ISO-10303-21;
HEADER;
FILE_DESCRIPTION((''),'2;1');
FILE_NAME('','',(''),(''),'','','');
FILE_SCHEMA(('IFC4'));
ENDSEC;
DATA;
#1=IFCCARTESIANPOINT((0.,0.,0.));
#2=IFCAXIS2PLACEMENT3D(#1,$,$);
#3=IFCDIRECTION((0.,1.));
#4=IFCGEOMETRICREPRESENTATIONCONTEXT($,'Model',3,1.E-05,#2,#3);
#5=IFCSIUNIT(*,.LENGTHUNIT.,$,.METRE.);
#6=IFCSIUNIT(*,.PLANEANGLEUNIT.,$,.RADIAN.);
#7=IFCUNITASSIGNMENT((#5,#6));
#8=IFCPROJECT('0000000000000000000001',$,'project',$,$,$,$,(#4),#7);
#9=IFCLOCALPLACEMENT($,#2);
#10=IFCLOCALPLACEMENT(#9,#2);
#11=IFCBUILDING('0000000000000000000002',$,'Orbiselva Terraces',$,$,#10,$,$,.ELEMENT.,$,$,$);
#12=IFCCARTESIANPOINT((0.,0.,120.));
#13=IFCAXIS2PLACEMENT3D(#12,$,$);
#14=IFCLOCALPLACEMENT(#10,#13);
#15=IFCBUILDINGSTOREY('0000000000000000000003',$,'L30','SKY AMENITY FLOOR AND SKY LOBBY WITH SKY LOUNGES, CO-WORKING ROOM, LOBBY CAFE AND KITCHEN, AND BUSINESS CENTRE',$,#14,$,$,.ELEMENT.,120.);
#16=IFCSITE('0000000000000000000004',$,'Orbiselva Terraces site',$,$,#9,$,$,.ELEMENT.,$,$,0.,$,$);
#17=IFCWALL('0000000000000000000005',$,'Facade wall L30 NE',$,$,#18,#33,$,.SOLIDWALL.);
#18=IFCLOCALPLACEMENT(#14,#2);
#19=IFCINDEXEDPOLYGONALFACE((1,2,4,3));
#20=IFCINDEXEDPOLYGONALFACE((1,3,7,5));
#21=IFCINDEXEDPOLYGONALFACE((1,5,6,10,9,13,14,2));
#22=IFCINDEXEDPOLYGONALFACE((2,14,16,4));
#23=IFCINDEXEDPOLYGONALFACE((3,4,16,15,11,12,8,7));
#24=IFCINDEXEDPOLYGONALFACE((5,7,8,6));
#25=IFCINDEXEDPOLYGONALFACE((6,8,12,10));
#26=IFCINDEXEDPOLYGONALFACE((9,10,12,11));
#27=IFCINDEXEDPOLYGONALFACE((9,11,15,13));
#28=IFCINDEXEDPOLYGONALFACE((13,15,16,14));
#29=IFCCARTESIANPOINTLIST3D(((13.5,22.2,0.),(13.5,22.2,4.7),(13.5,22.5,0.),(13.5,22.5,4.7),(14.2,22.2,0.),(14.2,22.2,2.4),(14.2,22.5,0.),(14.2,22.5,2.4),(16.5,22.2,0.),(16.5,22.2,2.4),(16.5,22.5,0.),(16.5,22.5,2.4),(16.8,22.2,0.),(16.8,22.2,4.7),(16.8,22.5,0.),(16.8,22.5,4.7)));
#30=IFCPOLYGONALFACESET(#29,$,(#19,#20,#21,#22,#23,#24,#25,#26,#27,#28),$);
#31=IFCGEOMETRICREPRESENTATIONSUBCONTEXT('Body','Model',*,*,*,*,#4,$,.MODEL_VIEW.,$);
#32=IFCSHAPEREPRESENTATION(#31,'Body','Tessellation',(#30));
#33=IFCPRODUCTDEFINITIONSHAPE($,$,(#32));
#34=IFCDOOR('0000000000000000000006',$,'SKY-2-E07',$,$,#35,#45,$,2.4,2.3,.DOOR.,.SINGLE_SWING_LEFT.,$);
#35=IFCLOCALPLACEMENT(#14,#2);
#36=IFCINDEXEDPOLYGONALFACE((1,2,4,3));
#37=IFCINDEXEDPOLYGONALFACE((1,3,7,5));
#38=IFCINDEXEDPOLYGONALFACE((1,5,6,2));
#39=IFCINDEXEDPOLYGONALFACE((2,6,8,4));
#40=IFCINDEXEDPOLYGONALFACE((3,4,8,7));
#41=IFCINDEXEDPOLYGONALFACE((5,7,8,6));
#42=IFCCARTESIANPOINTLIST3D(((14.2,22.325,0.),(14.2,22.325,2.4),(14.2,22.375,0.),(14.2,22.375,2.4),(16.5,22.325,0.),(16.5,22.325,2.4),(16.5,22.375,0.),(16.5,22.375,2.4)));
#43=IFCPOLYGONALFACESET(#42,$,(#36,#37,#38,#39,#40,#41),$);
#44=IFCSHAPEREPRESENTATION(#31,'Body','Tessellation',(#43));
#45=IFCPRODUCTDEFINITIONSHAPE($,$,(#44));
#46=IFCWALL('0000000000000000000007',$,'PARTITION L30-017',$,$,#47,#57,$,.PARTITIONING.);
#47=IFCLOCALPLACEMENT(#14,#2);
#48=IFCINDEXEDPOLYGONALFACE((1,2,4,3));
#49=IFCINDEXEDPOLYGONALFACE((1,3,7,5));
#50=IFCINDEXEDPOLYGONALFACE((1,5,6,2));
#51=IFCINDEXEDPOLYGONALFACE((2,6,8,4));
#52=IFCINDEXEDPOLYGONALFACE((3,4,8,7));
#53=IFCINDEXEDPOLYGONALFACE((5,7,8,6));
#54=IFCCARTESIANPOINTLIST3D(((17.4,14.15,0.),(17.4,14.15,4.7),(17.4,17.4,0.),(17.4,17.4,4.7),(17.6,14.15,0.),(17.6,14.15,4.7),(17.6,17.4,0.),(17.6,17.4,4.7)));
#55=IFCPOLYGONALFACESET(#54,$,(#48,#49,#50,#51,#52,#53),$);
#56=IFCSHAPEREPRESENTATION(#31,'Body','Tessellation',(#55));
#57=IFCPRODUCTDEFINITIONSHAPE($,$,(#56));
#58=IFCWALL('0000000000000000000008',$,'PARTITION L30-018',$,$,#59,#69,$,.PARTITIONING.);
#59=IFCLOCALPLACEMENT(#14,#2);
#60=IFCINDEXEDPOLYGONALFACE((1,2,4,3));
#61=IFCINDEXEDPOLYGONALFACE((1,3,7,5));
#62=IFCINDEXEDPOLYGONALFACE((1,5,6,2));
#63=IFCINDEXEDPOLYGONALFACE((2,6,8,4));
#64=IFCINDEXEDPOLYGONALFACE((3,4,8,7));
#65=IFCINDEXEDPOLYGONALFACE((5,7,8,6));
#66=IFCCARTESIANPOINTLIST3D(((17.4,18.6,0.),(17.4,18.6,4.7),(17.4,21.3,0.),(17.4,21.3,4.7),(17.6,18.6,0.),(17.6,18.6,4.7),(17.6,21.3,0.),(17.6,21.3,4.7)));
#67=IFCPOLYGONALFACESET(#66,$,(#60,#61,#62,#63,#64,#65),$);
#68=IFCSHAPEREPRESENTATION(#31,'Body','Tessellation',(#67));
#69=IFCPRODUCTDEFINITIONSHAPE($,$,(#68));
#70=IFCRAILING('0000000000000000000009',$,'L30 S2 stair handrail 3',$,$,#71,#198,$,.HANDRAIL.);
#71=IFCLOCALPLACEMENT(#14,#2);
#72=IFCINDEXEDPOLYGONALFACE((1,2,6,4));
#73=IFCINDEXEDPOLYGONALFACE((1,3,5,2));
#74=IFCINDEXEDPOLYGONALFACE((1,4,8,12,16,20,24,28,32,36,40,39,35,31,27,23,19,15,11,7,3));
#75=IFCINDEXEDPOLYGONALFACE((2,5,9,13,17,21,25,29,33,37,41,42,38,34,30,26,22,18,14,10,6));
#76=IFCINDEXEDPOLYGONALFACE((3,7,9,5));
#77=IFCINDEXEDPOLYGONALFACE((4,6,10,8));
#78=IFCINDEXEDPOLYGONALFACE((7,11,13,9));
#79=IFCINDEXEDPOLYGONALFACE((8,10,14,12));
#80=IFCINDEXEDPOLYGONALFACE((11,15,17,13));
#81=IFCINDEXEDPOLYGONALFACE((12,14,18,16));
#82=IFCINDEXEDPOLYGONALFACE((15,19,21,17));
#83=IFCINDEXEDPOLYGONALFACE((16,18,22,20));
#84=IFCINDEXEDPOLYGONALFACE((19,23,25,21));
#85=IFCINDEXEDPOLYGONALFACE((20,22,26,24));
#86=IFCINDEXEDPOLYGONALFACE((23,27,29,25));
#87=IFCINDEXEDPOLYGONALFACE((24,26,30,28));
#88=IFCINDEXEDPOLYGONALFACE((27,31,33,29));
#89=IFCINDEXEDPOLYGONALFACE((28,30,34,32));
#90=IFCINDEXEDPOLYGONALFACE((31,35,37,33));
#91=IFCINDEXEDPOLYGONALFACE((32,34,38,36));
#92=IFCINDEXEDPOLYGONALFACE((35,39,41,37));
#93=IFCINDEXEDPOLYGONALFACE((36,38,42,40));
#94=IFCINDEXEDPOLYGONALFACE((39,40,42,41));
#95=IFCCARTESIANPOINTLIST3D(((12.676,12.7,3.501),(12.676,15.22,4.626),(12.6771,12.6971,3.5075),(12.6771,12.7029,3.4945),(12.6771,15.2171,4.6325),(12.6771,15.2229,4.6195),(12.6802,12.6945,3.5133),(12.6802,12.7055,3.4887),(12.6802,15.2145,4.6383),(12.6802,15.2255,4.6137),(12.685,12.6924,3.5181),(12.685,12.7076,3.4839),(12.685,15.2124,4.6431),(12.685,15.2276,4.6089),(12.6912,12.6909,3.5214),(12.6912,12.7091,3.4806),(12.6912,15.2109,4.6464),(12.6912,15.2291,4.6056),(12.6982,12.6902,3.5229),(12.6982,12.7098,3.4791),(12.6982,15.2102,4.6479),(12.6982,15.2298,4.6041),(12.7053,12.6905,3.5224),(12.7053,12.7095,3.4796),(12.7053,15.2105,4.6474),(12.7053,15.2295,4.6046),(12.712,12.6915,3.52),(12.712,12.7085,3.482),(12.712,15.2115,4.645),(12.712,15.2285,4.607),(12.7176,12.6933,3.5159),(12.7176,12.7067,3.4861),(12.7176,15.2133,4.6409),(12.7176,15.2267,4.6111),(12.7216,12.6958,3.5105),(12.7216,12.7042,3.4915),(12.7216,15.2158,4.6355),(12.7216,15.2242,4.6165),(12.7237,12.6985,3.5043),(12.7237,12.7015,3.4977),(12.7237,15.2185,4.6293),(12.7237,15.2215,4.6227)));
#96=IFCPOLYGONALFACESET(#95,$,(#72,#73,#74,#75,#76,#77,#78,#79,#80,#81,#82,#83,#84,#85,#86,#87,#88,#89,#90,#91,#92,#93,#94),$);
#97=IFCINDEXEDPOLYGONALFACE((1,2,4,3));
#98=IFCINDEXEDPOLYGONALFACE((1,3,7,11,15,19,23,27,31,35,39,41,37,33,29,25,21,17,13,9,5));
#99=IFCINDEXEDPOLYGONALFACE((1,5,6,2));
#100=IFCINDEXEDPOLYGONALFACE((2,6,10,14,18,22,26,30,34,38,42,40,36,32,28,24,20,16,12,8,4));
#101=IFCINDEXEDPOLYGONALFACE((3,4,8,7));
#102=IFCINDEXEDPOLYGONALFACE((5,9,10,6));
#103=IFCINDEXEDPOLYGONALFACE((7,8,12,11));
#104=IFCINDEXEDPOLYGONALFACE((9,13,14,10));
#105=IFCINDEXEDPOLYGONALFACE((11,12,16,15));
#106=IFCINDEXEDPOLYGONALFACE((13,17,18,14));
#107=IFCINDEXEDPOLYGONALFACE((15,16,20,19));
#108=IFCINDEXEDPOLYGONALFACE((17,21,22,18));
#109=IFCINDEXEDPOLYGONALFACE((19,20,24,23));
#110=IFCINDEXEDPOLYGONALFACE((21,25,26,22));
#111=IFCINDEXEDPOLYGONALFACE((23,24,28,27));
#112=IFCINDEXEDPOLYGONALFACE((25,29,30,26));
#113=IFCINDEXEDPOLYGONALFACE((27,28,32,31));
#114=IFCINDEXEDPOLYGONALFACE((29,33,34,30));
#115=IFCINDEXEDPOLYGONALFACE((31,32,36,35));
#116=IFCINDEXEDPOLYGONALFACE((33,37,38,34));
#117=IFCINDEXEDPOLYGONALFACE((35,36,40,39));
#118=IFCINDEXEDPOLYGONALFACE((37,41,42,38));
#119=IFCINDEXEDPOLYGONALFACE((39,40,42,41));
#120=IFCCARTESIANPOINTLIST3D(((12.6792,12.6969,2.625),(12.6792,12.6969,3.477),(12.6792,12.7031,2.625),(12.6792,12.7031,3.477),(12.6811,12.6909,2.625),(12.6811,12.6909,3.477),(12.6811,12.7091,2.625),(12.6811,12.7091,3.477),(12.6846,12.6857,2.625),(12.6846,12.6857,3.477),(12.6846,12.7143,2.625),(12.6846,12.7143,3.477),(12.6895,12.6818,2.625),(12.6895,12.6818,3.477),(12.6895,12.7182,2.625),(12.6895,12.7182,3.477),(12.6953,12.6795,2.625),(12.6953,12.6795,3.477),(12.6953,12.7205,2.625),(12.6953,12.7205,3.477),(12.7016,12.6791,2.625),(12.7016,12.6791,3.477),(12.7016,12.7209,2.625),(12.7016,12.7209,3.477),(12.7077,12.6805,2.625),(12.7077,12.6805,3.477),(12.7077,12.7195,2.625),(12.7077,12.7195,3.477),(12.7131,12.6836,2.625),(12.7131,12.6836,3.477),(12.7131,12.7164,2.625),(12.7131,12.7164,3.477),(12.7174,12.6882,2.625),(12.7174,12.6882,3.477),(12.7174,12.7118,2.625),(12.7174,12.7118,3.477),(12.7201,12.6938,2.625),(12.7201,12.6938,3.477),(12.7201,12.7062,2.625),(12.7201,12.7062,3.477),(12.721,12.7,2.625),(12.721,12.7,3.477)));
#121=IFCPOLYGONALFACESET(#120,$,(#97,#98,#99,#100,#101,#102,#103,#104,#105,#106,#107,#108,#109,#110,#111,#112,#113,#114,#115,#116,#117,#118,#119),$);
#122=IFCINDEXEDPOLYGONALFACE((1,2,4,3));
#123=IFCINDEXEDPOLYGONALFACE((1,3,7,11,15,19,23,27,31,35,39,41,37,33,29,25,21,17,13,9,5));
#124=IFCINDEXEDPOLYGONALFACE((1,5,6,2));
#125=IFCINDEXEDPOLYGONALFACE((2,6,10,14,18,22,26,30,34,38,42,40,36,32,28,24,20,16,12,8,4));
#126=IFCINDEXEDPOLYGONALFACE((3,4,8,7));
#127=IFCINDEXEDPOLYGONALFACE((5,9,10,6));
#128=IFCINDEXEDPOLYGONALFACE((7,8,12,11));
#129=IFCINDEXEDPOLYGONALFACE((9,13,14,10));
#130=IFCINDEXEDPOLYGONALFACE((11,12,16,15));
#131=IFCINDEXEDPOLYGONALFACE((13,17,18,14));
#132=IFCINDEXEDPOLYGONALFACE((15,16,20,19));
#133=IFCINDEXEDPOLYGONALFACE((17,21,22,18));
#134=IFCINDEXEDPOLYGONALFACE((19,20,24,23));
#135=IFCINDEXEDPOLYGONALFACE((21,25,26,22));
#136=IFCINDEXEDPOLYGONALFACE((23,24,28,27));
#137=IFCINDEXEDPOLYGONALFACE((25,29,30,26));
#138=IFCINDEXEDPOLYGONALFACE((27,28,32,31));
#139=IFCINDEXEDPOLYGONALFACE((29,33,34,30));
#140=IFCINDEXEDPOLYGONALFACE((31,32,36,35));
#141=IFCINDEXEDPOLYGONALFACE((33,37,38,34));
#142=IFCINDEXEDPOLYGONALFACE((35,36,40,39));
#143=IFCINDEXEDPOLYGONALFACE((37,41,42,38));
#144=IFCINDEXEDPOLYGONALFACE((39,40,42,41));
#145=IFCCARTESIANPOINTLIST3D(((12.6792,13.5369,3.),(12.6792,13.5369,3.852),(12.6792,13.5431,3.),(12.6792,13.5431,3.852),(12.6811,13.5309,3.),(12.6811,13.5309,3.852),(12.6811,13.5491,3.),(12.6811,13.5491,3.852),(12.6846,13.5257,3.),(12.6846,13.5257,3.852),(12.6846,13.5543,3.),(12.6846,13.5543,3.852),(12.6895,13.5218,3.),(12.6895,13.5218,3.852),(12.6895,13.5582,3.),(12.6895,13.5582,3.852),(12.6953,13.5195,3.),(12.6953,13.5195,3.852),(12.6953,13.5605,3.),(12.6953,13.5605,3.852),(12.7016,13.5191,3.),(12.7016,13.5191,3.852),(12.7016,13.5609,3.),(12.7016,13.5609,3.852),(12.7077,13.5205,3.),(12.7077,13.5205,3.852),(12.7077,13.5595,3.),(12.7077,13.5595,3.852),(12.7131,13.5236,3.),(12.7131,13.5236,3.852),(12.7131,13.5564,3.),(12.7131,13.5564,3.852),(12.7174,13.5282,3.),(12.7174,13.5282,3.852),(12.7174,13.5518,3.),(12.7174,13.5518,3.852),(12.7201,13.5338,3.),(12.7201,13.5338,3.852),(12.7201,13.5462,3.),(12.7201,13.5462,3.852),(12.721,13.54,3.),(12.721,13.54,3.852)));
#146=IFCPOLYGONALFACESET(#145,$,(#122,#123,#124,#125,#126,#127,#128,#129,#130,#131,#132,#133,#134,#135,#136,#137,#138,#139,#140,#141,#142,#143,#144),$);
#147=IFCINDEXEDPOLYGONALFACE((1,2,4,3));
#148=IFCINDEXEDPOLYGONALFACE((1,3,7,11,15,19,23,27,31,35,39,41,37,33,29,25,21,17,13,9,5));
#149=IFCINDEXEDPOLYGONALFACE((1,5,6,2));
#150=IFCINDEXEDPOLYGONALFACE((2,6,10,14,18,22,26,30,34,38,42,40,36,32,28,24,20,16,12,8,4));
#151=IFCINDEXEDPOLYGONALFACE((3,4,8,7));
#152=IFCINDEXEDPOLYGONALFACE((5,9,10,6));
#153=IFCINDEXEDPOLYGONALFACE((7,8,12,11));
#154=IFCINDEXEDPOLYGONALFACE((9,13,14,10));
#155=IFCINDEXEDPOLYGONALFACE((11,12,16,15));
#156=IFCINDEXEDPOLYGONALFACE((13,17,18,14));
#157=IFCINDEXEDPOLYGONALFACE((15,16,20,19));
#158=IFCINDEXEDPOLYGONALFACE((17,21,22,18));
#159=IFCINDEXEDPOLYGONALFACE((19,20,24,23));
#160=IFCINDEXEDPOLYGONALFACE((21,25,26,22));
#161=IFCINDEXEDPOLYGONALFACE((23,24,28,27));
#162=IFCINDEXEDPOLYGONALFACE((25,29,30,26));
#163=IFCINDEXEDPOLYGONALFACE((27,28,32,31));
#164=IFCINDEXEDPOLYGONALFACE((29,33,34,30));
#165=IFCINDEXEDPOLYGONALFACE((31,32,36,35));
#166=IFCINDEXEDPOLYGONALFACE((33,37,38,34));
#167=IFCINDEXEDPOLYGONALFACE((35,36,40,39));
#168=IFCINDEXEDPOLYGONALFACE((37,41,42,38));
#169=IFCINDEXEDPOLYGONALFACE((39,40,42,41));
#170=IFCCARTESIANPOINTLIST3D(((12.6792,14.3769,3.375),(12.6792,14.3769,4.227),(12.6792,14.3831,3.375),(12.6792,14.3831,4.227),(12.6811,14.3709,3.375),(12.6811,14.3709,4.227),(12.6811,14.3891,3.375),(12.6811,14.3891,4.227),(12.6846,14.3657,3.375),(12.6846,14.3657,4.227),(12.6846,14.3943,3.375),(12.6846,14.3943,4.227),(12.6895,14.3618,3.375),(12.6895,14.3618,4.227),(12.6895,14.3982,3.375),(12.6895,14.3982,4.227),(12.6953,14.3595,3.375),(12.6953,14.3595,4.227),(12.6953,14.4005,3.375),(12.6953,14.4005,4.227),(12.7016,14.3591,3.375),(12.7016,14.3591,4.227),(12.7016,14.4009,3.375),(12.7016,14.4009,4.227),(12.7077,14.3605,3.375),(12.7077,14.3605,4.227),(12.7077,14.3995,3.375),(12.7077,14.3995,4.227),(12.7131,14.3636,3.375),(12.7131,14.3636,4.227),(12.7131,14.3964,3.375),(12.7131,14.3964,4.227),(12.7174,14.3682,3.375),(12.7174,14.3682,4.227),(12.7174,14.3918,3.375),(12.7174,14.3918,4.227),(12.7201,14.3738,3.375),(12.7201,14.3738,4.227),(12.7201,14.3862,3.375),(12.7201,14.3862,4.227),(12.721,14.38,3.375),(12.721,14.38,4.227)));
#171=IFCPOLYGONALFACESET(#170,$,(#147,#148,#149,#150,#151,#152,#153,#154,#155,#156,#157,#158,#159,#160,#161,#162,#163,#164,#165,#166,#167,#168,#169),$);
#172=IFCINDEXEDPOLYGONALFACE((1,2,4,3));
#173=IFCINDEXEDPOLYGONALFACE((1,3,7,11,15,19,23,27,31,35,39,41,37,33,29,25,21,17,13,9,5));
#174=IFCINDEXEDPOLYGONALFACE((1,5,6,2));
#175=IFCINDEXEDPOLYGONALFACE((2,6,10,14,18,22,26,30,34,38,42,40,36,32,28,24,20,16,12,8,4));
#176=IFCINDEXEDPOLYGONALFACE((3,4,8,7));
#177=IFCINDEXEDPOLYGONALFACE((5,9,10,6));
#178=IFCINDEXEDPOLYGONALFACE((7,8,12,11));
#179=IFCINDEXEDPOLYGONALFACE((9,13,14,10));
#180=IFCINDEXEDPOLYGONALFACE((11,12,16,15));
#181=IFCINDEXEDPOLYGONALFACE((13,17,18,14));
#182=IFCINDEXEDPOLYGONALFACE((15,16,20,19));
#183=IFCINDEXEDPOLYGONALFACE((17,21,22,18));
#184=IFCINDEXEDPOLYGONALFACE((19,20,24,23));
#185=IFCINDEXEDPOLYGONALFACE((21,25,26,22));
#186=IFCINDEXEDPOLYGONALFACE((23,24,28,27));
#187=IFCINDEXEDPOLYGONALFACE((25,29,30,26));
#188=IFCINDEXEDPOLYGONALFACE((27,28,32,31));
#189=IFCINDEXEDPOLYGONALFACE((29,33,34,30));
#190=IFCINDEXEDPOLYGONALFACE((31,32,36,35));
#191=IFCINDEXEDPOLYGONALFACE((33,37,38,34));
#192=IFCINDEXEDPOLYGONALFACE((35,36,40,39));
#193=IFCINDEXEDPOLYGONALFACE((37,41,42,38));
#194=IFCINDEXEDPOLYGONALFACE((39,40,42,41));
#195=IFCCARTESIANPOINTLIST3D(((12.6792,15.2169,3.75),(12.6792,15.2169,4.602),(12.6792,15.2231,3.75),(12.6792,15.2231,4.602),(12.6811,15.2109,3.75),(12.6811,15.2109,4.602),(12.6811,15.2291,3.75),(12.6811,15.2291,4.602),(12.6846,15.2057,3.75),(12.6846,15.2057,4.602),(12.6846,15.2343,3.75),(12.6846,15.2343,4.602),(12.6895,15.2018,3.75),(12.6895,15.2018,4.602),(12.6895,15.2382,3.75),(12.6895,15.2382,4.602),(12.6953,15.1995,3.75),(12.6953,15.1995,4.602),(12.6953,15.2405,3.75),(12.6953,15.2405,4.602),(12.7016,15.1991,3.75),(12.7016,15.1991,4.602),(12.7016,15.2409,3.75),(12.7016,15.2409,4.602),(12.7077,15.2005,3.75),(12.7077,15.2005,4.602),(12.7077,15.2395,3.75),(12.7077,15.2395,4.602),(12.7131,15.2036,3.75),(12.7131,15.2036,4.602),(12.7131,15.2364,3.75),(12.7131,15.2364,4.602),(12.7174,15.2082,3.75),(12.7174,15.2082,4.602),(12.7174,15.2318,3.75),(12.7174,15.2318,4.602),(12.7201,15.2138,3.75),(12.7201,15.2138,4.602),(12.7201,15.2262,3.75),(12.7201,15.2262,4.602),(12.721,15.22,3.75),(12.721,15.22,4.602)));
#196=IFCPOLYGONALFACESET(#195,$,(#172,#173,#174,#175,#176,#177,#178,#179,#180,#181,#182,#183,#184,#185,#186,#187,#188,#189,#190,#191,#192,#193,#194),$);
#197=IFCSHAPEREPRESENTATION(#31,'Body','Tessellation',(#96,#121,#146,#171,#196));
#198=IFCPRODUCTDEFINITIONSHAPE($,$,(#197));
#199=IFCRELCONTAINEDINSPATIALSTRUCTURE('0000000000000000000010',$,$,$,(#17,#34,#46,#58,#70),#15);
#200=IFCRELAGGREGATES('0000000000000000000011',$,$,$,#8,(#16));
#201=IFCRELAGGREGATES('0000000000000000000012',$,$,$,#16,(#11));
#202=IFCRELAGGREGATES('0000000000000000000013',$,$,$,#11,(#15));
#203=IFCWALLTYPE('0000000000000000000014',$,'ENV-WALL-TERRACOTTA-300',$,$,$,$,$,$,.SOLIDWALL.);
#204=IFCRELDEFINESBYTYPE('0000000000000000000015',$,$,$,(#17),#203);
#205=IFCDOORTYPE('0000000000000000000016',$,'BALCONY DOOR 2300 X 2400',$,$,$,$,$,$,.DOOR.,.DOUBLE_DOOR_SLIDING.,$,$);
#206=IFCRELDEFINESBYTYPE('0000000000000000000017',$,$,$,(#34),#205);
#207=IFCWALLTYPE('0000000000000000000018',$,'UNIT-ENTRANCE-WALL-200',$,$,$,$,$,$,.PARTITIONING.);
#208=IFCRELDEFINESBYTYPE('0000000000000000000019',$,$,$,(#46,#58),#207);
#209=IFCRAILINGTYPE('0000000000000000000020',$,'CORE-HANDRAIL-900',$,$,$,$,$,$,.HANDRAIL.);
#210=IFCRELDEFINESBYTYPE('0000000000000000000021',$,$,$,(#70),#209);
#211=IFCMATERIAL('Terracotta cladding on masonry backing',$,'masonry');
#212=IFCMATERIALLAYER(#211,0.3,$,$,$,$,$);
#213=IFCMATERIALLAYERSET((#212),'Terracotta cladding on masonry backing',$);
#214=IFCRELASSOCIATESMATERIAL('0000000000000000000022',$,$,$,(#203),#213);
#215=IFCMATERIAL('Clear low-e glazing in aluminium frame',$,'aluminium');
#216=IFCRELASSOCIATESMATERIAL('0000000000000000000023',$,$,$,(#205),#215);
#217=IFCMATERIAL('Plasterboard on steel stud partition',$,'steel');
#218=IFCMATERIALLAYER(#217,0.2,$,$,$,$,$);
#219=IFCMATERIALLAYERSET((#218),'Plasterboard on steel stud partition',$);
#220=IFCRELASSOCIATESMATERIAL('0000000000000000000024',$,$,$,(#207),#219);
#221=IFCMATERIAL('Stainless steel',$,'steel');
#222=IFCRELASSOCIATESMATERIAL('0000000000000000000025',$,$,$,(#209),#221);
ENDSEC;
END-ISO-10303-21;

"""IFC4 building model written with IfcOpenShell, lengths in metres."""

from ifc_helpers import new_model, si_unit, direction, frame, frame_2d, origin, origin_2d, place, context, subcontext, project, spatial, rectangle, circle, extrude, material, layer, layer_set, type_object, element, fill, save


model = new_model("IFC4")

# Units and contexts
model_context = context("Model", 3, precision=1e-05, world=origin(), true_north=direction((0.0, 1.0)))
body_context = subcontext(model_context, "Body", "Model", "MODEL_VIEW")
ifc_project = project(units=[si_unit("LENGTHUNIT", "METRE"), si_unit("PLANEANGLEUNIT", "RADIAN")], contexts=[model_context])

# Site, building, storey
site_placement = place(None, origin())
site = spatial("IfcSite", under=ifc_project, at=site_placement, Name="Orbiselva Terraces site", CompositionType="ELEMENT", RefElevation=0.0)
building_placement = place(site_placement, origin())
building = spatial("IfcBuilding", under=site, at=building_placement, Name="Orbiselva Terraces", CompositionType="ELEMENT")
storey_placement = place(building_placement, frame((0.0, 0.0, 120.0)))
storey = spatial("IfcBuildingStorey", under=building, at=storey_placement, Name="L30", Description="SKY AMENITY FLOOR AND SKY LOBBY WITH SKY LOUNGES, CO-WORKING ROOM, LOBBY CAFE AND KITCHEN, AND BUSINESS CENTRE", CompositionType="ELEMENT", Elevation=120.0)

# Shared definitions
ifc_material_1 = material(Name="Clear low-e glazing in aluminium frame", Category="aluminium")

# Shared definitions
ifc_material_2 = material(Name="Terracotta cladding on masonry backing", Category="masonry")
ifc_layer_1 = layer(ifc_material_2, 0.3)
ifc_layer_set_1 = layer_set([ifc_layer_1], Name="Terracotta cladding on masonry backing")
wall_type_1 = type_object("IfcWallType", Name="ENV-WALL-TERRACOTTA-300", PredefinedType="SOLIDWALL", material=ifc_layer_set_1)

# Wall, opening, door
wall_1_placement = place(storey_placement, frame((13.5, 22.35, 0.0), z_axis=(0.0, 0.0, 1.0), x_axis=(1.0, 0.0, 0.0)))
wall_1 = element("IfcWall", 1, at=wall_1_placement, inside=storey, type_object=wall_type_1, Name="Facade wall L30 NE", PredefinedType="SOLIDWALL", context=body_context, shape_type="SweptSolid", body=[
    extrude(rectangle(XDim=3.3, YDim=0.3, at=frame_2d((1.65, 0.0))), origin(), (0.0, 0.0, 1.0), 4.7),
])
opening_1_placement = place(wall_1_placement, frame((0.7, 0.0, 0.0)))
opening_1 = element("IfcOpeningElement", 2, at=opening_1_placement, cuts=wall_1, PredefinedType="OPENING", context=body_context, shape_type="SweptSolid", body=[
    extrude(rectangle(XDim=2.3, YDim=2.4, at=frame_2d((1.15, 1.2))), frame((0.0, 0.16, 0.0), z_axis=(0.0, -1.0, 0.0), x_axis=(1.0, 0.0, 0.0)), (0.0, 0.0, 1.0), 0.32),
])
door_type_1 = type_object("IfcDoorType", Name="BALCONY DOOR 2300 X 2400", OperationType="DOUBLE_DOOR_SLIDING", PredefinedType="DOOR", material=ifc_material_1)
door_1_placement = place(opening_1_placement, origin())
door_1 = element("IfcDoor", 3, at=door_1_placement, inside=storey, type_object=door_type_1, Name="SKY-2-E07", OperationType="SINGLE_SWING_LEFT", OverallHeight=2.4, OverallWidth=2.3, PredefinedType="DOOR", context=body_context, shape_type="SweptSolid", body=[
    extrude(rectangle(XDim=2.3, YDim=2.4, at=frame_2d((1.15, 1.2))), frame((0.0, 0.025, 0.0), z_axis=(0.0, -1.0, 0.0), x_axis=(1.0, 0.0, 0.0)), (0.0, 0.0, 1.0), 0.05),
])
fill(opening_1, door_1)

# Walls
ifc_material_3 = material(Name="Plasterboard on steel stud partition", Category="steel")
ifc_layer_2 = layer(ifc_material_3, 0.2)
ifc_layer_set_2 = layer_set([ifc_layer_2], Name="Plasterboard on steel stud partition")
wall_type_2 = type_object("IfcWallType", Name="UNIT-ENTRANCE-WALL-200", PredefinedType="PARTITIONING", material=ifc_layer_set_2)
wall_2_placement = place(storey_placement, frame((17.5, 14.15, 0.0), z_axis=(0.0, 0.0, 1.0), x_axis=(0.0, 1.0, 0.0)))
element("IfcWall", 4, at=wall_2_placement, inside=storey, type_object=wall_type_2, Name="PARTITION L30-017", PredefinedType="PARTITIONING", context=body_context, shape_type="SweptSolid", body=[
    extrude(rectangle(XDim=3.25, YDim=0.2, at=frame_2d((1.625, 0.0))), origin(), (0.0, 0.0, 1.0), 4.7),
])
wall_3_placement = place(storey_placement, frame((17.5, 18.6, 0.0), z_axis=(0.0, 0.0, 1.0), x_axis=(0.0, 1.0, 0.0)))
element("IfcWall", 5, at=wall_3_placement, inside=storey, type_object=wall_type_2, Name="PARTITION L30-018", PredefinedType="PARTITIONING", context=body_context, shape_type="SweptSolid", body=[
    extrude(rectangle(XDim=2.7, YDim=0.2, at=frame_2d((1.35, 0.0))), origin(), (0.0, 0.0, 1.0), 4.7),
])

# Railing
ifc_material_4 = material(Name="Stainless steel", Category="steel")
railing_type_1 = type_object("IfcRailingType", Name="CORE-HANDRAIL-900", PredefinedType="HANDRAIL", material=ifc_material_4)
railing_1_placement = place(storey_placement, frame((12.7, 12.7, 2.625)))
element("IfcRailing", 6, at=railing_1_placement, inside=storey, type_object=railing_type_1, Name="L30 S2 stair handrail 3", PredefinedType="HANDRAIL", context=body_context, shape_type="SweptSolid", body=[
    extrude(circle(Radius=0.024, at=origin_2d()), frame((0.0, 0.0, 0.876), z_axis=(0.0, 0.913138, 0.407651), x_axis=(-1.0, 0.0, 0.0)), (0.0, 0.0, 1.0), 2.7597),
    extrude(circle(Radius=0.021, at=origin_2d()), origin(), (0.0, 0.0, 1.0), 0.852),
    extrude(circle(Radius=0.021, at=origin_2d()), frame((0.0, 0.84, 0.375)), (0.0, 0.0, 1.0), 0.852),
    extrude(circle(Radius=0.021, at=origin_2d()), frame((0.0, 1.68, 0.75)), (0.0, 0.0, 1.0), 0.852),
    extrude(circle(Radius=0.021, at=origin_2d()), frame((0.0, 2.52, 1.125)), (0.0, 0.0, 1.0), 0.852),
])

save(model, "model.ifc")
